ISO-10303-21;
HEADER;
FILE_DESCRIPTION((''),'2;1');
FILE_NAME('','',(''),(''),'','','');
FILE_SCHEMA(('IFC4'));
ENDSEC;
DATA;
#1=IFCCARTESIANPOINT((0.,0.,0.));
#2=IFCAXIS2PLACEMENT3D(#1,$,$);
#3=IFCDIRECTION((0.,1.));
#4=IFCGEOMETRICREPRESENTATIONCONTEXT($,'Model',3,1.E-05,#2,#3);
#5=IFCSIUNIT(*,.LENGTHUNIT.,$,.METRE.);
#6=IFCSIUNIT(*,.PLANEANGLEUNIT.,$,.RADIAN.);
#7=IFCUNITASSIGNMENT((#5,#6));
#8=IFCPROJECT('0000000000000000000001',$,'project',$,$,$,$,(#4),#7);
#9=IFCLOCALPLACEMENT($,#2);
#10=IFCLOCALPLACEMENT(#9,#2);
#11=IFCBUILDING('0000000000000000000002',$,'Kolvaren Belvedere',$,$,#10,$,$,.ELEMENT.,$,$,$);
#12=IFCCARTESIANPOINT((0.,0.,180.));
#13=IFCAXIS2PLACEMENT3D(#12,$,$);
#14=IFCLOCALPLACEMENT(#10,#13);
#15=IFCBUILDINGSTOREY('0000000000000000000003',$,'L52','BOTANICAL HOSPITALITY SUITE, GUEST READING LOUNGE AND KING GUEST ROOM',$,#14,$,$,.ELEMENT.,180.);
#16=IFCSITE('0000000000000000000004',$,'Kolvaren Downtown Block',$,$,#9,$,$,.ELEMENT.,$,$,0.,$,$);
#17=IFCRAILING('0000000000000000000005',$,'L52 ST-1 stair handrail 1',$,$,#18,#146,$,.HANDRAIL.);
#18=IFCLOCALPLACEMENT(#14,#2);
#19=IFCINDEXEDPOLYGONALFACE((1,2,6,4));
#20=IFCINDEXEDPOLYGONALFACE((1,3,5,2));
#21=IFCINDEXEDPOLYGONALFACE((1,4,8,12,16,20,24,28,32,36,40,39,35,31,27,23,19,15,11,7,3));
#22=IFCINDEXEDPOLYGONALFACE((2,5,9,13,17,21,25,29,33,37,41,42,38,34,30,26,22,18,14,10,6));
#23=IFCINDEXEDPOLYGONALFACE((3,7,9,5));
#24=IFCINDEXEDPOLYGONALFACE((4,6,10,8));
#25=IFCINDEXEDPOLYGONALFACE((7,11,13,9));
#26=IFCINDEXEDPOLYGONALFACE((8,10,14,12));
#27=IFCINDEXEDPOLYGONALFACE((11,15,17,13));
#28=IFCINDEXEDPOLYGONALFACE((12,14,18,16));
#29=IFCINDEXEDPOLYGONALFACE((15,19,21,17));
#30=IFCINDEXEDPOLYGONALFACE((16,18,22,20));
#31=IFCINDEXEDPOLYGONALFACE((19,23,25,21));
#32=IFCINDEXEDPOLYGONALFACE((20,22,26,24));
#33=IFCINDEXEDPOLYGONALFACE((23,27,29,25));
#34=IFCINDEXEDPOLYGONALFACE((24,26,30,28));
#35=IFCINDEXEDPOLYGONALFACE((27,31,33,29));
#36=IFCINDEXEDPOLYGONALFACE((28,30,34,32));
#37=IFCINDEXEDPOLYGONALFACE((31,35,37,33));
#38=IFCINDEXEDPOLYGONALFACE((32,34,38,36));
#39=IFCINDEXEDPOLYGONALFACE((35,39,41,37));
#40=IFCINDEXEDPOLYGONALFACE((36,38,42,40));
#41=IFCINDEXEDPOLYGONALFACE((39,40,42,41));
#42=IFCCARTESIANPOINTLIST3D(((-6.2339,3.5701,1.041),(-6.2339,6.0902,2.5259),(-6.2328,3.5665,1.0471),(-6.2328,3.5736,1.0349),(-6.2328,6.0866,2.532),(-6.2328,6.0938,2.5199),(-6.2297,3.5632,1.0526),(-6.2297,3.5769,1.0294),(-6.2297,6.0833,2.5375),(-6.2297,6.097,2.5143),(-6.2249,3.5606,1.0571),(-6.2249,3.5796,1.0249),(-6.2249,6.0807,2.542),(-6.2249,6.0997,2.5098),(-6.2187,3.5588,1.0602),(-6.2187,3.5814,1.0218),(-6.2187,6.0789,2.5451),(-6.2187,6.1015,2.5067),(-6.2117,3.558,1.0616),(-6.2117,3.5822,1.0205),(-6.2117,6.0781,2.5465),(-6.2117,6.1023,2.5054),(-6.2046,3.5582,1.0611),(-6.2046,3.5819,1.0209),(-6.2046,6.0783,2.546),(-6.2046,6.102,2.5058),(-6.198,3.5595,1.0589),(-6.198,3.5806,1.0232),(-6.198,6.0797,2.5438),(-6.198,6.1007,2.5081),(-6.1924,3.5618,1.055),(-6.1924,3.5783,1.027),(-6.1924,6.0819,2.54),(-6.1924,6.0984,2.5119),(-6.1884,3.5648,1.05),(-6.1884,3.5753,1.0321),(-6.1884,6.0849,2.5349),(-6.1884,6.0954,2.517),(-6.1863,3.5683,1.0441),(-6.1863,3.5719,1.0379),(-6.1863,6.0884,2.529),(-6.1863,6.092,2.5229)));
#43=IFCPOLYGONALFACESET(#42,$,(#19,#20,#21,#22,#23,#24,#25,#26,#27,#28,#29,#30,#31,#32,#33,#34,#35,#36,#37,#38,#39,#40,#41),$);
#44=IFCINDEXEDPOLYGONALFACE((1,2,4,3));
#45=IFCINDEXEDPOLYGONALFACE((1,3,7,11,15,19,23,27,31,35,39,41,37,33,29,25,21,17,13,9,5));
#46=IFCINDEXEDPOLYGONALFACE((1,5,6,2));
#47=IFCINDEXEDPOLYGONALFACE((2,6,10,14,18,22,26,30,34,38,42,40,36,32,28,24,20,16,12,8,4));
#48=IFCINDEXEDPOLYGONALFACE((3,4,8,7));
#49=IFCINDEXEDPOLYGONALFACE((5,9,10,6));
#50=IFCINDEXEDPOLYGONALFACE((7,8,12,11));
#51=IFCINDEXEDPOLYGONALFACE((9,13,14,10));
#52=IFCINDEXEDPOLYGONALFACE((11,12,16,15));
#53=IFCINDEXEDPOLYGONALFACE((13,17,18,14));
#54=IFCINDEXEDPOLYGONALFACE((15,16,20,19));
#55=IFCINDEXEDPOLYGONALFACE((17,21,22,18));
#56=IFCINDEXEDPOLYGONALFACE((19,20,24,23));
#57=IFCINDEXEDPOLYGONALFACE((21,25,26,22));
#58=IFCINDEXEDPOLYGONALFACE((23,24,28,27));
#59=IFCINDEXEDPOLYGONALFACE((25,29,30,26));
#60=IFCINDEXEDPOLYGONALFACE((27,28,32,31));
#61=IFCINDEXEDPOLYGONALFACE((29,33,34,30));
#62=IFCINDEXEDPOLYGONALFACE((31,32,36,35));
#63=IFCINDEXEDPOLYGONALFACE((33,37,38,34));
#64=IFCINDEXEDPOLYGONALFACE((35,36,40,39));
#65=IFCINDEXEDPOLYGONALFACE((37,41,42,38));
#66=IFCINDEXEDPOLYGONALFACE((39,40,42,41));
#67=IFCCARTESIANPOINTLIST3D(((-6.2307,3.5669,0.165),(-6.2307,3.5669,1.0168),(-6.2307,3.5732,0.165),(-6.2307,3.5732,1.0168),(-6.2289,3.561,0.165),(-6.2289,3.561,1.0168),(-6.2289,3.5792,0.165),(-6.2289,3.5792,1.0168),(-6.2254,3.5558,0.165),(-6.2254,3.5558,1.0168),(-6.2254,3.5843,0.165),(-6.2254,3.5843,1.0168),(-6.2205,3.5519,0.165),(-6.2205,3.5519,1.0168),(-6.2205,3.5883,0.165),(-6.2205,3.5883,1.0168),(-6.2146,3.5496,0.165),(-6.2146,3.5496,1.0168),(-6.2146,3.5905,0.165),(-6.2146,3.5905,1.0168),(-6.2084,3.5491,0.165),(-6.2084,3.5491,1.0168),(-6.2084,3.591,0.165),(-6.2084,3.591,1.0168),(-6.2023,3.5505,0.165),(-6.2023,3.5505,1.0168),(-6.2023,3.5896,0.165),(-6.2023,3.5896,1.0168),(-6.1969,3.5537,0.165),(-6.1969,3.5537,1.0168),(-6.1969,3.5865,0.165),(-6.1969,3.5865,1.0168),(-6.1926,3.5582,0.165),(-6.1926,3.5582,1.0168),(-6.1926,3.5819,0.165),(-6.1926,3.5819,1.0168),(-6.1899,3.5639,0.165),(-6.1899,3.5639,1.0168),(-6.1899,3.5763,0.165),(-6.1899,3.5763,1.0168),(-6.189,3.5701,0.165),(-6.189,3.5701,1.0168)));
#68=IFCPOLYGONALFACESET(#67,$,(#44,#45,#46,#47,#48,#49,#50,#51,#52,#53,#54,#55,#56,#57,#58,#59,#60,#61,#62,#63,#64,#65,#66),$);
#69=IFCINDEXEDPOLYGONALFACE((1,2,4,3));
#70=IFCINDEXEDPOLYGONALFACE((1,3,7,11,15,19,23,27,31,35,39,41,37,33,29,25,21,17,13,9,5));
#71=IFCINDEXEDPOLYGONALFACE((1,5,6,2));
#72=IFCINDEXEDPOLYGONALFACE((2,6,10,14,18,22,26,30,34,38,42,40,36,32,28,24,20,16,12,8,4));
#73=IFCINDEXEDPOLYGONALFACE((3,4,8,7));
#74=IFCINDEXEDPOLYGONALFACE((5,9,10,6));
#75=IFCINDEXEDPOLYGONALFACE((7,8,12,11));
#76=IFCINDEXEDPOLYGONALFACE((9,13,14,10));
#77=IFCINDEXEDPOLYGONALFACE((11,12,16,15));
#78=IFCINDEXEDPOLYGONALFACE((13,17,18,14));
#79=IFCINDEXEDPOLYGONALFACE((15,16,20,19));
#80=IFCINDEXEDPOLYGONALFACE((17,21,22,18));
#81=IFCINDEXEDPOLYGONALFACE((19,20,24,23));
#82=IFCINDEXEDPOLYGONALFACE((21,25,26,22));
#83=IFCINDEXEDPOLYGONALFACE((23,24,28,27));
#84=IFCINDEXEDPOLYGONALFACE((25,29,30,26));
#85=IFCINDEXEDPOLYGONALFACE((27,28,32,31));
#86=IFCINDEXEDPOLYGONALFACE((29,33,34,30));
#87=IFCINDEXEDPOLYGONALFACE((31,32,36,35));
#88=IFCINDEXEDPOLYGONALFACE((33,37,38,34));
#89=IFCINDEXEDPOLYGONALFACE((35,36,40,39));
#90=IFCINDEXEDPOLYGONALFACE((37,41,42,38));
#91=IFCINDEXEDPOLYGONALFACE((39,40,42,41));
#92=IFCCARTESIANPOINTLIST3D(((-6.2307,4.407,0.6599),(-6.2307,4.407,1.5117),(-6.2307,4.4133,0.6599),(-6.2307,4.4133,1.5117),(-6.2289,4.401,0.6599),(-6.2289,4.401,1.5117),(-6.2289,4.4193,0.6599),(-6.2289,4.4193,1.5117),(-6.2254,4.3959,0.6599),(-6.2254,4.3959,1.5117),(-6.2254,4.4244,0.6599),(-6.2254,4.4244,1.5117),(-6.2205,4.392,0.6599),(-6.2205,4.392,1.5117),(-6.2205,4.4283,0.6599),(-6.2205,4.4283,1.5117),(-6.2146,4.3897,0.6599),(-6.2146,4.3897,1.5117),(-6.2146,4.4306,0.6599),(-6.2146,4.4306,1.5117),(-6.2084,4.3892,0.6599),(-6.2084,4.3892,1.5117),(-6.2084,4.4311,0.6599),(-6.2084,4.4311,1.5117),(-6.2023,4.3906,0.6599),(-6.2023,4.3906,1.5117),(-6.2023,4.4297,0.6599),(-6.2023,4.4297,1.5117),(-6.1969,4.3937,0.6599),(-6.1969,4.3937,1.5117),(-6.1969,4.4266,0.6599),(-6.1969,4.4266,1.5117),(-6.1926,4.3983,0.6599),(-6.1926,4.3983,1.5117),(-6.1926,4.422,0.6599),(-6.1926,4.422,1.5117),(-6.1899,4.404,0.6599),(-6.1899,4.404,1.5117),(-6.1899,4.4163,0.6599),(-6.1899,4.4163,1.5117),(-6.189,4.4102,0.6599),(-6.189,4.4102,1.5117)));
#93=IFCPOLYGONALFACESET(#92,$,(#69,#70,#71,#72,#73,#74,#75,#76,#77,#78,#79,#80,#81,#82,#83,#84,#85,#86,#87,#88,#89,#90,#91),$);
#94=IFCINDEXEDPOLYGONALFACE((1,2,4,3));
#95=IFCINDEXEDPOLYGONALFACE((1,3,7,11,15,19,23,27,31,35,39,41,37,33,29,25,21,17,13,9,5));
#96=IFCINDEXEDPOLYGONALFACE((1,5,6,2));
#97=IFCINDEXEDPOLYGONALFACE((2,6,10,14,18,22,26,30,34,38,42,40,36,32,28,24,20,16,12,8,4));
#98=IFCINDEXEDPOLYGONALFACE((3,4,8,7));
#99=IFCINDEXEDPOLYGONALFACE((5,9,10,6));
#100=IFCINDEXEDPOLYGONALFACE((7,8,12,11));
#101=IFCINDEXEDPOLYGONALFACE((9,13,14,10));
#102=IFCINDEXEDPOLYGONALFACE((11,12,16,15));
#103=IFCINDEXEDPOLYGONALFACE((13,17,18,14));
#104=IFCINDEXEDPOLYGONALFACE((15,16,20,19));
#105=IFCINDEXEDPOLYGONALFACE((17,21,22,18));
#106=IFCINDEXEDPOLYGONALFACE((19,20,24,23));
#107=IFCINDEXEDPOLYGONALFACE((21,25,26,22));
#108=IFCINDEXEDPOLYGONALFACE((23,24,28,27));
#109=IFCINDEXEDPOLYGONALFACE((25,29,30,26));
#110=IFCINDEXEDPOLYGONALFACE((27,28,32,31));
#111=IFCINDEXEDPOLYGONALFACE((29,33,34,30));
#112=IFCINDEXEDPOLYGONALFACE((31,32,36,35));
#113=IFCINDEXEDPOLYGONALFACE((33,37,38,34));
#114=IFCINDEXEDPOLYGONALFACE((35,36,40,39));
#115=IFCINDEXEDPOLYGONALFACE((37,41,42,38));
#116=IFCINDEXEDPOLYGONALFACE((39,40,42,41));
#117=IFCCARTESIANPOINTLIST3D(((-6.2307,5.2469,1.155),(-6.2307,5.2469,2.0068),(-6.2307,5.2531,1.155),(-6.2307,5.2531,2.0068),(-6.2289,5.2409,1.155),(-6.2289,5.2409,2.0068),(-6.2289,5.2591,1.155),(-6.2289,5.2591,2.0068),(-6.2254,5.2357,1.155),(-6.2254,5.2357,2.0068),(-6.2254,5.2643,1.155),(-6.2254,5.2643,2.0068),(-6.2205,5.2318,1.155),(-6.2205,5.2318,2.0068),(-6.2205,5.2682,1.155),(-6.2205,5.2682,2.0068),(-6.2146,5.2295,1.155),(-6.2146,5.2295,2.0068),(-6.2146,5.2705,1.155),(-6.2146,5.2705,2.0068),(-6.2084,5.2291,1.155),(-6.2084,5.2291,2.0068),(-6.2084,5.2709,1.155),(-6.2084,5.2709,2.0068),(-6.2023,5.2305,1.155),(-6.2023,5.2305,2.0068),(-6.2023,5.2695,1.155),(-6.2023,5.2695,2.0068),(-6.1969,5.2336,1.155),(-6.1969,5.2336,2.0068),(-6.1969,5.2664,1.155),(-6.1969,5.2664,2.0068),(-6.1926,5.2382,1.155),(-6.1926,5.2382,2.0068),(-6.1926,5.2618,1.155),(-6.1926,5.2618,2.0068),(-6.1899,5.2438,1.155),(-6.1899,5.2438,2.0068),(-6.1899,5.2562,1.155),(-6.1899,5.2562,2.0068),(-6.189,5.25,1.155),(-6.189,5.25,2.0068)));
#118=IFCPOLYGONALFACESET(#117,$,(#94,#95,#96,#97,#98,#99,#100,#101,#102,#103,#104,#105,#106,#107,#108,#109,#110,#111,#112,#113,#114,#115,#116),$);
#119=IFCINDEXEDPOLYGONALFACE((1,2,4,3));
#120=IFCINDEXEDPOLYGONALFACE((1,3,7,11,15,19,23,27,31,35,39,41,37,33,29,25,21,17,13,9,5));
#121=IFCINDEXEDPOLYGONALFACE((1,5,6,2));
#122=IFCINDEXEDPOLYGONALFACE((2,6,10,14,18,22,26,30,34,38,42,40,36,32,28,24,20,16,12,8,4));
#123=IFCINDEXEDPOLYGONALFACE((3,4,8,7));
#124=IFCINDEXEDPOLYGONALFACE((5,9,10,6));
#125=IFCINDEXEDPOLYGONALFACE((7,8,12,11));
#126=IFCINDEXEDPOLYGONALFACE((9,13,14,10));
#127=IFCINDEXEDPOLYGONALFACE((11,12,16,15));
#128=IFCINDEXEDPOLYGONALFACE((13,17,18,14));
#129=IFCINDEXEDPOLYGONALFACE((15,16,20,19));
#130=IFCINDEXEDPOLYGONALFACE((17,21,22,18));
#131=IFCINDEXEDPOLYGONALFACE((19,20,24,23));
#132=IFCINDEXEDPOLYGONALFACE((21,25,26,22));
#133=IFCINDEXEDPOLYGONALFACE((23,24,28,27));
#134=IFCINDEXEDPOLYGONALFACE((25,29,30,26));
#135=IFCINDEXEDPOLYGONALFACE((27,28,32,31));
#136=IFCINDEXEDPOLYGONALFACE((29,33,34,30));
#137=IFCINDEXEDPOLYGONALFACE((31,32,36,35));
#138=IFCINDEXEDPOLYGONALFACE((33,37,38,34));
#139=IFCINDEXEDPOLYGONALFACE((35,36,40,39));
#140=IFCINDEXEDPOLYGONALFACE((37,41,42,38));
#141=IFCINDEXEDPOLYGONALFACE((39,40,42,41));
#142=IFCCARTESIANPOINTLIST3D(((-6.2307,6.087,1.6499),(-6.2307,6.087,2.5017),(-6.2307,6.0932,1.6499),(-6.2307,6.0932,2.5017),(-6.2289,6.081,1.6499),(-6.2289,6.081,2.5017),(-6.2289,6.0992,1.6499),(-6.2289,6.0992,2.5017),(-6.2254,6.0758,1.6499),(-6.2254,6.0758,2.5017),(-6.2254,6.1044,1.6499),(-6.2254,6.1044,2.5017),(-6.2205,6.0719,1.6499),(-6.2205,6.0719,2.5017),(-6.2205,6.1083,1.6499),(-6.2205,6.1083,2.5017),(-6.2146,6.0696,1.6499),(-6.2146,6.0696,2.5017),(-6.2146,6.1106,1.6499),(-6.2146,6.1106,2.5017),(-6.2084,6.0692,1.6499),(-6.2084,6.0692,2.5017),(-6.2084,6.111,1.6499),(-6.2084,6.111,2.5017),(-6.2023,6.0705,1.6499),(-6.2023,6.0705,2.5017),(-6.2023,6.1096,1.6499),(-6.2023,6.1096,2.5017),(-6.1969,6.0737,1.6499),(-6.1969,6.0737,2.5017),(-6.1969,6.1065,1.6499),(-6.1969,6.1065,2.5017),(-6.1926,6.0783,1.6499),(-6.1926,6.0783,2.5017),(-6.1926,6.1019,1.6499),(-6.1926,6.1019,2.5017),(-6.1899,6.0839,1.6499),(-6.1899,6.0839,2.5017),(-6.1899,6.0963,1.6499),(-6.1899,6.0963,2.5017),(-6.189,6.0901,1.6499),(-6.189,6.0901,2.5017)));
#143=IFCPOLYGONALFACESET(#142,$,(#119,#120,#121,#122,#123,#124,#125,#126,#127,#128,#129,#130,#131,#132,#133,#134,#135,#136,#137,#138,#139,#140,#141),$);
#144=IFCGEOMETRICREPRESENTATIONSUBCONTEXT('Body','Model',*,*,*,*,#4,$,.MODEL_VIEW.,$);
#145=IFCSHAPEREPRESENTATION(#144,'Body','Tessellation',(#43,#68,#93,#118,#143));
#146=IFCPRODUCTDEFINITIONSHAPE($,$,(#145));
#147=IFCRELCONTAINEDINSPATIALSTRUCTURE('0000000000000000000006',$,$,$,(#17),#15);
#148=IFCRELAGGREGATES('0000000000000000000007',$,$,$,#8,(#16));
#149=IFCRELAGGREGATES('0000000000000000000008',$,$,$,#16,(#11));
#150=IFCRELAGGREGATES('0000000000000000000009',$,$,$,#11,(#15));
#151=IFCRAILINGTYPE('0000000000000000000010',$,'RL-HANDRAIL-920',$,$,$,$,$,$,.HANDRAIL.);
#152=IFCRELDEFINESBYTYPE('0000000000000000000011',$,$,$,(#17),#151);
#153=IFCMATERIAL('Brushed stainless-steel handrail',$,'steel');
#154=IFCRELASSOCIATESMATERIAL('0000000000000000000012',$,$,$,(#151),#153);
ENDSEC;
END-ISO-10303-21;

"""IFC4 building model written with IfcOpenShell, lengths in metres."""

from ifc_helpers import new_model, si_unit, direction, frame, origin, origin_2d, place, context, subcontext, project, spatial, circle, extrude, material, type_object, element, save


model = new_model("IFC4")

# Units and contexts
model_context = context("Model", 3, precision=1e-05, world=origin(), true_north=direction((0.0, 1.0)))
body_context = subcontext(model_context, "Body", "Model", "MODEL_VIEW")
ifc_project = project(units=[si_unit("LENGTHUNIT", "METRE"), si_unit("PLANEANGLEUNIT", "RADIAN")], contexts=[model_context])

# Site, building, storey
site_placement = place(None, origin())
site = spatial("IfcSite", under=ifc_project, at=site_placement, Name="Kolvaren Downtown Block", CompositionType="ELEMENT", RefElevation=0.0)
building_placement = place(site_placement, origin())
building = spatial("IfcBuilding", under=site, at=building_placement, Name="Kolvaren Belvedere", CompositionType="ELEMENT")
storey_placement = place(building_placement, frame((0.0, 0.0, 180.0)))
storey = spatial("IfcBuildingStorey", under=building, at=storey_placement, Name="L52", Description="BOTANICAL HOSPITALITY SUITE, GUEST READING LOUNGE AND KING GUEST ROOM", CompositionType="ELEMENT", Elevation=180.0)

# Railing
ifc_material_1 = material(Name="Brushed stainless-steel handrail", Category="steel")
railing_type_1 = type_object("IfcRailingType", Name="RL-HANDRAIL-920", PredefinedType="HANDRAIL", material=ifc_material_1)
railing_1_placement = place(storey_placement, frame((-6.21, 3.5701, 0.165)))
element("IfcRailing", 1, at=railing_1_placement, inside=storey, type_object=railing_type_1, Name="L52 ST-1 stair handrail 1", PredefinedType="HANDRAIL", context=body_context, shape_type="SweptSolid", body=[
    extrude(circle(Radius=0.0239, at=origin_2d()), frame((0.0, 0.0, 0.876), z_axis=(0.0, 0.861561, 0.507655), x_axis=(-1.0, 0.0, 0.0)), (0.0, 0.0, 1.0), 2.925),
    extrude(circle(Radius=0.021, at=origin_2d()), origin(), (0.0, 0.0, 1.0), 0.8518),
    extrude(circle(Radius=0.021, at=origin_2d()), frame((0.0, 0.8401, 0.4949)), (0.0, 0.0, 1.0), 0.8518),
    extrude(circle(Radius=0.021, at=origin_2d()), frame((0.0, 1.6799, 0.99)), (0.0, 0.0, 1.0), 0.8518),
    extrude(circle(Radius=0.021, at=origin_2d()), frame((0.0, 2.52, 1.4849)), (0.0, 0.0, 1.0), 0.8518),
])

save(model, "model.ifc")
